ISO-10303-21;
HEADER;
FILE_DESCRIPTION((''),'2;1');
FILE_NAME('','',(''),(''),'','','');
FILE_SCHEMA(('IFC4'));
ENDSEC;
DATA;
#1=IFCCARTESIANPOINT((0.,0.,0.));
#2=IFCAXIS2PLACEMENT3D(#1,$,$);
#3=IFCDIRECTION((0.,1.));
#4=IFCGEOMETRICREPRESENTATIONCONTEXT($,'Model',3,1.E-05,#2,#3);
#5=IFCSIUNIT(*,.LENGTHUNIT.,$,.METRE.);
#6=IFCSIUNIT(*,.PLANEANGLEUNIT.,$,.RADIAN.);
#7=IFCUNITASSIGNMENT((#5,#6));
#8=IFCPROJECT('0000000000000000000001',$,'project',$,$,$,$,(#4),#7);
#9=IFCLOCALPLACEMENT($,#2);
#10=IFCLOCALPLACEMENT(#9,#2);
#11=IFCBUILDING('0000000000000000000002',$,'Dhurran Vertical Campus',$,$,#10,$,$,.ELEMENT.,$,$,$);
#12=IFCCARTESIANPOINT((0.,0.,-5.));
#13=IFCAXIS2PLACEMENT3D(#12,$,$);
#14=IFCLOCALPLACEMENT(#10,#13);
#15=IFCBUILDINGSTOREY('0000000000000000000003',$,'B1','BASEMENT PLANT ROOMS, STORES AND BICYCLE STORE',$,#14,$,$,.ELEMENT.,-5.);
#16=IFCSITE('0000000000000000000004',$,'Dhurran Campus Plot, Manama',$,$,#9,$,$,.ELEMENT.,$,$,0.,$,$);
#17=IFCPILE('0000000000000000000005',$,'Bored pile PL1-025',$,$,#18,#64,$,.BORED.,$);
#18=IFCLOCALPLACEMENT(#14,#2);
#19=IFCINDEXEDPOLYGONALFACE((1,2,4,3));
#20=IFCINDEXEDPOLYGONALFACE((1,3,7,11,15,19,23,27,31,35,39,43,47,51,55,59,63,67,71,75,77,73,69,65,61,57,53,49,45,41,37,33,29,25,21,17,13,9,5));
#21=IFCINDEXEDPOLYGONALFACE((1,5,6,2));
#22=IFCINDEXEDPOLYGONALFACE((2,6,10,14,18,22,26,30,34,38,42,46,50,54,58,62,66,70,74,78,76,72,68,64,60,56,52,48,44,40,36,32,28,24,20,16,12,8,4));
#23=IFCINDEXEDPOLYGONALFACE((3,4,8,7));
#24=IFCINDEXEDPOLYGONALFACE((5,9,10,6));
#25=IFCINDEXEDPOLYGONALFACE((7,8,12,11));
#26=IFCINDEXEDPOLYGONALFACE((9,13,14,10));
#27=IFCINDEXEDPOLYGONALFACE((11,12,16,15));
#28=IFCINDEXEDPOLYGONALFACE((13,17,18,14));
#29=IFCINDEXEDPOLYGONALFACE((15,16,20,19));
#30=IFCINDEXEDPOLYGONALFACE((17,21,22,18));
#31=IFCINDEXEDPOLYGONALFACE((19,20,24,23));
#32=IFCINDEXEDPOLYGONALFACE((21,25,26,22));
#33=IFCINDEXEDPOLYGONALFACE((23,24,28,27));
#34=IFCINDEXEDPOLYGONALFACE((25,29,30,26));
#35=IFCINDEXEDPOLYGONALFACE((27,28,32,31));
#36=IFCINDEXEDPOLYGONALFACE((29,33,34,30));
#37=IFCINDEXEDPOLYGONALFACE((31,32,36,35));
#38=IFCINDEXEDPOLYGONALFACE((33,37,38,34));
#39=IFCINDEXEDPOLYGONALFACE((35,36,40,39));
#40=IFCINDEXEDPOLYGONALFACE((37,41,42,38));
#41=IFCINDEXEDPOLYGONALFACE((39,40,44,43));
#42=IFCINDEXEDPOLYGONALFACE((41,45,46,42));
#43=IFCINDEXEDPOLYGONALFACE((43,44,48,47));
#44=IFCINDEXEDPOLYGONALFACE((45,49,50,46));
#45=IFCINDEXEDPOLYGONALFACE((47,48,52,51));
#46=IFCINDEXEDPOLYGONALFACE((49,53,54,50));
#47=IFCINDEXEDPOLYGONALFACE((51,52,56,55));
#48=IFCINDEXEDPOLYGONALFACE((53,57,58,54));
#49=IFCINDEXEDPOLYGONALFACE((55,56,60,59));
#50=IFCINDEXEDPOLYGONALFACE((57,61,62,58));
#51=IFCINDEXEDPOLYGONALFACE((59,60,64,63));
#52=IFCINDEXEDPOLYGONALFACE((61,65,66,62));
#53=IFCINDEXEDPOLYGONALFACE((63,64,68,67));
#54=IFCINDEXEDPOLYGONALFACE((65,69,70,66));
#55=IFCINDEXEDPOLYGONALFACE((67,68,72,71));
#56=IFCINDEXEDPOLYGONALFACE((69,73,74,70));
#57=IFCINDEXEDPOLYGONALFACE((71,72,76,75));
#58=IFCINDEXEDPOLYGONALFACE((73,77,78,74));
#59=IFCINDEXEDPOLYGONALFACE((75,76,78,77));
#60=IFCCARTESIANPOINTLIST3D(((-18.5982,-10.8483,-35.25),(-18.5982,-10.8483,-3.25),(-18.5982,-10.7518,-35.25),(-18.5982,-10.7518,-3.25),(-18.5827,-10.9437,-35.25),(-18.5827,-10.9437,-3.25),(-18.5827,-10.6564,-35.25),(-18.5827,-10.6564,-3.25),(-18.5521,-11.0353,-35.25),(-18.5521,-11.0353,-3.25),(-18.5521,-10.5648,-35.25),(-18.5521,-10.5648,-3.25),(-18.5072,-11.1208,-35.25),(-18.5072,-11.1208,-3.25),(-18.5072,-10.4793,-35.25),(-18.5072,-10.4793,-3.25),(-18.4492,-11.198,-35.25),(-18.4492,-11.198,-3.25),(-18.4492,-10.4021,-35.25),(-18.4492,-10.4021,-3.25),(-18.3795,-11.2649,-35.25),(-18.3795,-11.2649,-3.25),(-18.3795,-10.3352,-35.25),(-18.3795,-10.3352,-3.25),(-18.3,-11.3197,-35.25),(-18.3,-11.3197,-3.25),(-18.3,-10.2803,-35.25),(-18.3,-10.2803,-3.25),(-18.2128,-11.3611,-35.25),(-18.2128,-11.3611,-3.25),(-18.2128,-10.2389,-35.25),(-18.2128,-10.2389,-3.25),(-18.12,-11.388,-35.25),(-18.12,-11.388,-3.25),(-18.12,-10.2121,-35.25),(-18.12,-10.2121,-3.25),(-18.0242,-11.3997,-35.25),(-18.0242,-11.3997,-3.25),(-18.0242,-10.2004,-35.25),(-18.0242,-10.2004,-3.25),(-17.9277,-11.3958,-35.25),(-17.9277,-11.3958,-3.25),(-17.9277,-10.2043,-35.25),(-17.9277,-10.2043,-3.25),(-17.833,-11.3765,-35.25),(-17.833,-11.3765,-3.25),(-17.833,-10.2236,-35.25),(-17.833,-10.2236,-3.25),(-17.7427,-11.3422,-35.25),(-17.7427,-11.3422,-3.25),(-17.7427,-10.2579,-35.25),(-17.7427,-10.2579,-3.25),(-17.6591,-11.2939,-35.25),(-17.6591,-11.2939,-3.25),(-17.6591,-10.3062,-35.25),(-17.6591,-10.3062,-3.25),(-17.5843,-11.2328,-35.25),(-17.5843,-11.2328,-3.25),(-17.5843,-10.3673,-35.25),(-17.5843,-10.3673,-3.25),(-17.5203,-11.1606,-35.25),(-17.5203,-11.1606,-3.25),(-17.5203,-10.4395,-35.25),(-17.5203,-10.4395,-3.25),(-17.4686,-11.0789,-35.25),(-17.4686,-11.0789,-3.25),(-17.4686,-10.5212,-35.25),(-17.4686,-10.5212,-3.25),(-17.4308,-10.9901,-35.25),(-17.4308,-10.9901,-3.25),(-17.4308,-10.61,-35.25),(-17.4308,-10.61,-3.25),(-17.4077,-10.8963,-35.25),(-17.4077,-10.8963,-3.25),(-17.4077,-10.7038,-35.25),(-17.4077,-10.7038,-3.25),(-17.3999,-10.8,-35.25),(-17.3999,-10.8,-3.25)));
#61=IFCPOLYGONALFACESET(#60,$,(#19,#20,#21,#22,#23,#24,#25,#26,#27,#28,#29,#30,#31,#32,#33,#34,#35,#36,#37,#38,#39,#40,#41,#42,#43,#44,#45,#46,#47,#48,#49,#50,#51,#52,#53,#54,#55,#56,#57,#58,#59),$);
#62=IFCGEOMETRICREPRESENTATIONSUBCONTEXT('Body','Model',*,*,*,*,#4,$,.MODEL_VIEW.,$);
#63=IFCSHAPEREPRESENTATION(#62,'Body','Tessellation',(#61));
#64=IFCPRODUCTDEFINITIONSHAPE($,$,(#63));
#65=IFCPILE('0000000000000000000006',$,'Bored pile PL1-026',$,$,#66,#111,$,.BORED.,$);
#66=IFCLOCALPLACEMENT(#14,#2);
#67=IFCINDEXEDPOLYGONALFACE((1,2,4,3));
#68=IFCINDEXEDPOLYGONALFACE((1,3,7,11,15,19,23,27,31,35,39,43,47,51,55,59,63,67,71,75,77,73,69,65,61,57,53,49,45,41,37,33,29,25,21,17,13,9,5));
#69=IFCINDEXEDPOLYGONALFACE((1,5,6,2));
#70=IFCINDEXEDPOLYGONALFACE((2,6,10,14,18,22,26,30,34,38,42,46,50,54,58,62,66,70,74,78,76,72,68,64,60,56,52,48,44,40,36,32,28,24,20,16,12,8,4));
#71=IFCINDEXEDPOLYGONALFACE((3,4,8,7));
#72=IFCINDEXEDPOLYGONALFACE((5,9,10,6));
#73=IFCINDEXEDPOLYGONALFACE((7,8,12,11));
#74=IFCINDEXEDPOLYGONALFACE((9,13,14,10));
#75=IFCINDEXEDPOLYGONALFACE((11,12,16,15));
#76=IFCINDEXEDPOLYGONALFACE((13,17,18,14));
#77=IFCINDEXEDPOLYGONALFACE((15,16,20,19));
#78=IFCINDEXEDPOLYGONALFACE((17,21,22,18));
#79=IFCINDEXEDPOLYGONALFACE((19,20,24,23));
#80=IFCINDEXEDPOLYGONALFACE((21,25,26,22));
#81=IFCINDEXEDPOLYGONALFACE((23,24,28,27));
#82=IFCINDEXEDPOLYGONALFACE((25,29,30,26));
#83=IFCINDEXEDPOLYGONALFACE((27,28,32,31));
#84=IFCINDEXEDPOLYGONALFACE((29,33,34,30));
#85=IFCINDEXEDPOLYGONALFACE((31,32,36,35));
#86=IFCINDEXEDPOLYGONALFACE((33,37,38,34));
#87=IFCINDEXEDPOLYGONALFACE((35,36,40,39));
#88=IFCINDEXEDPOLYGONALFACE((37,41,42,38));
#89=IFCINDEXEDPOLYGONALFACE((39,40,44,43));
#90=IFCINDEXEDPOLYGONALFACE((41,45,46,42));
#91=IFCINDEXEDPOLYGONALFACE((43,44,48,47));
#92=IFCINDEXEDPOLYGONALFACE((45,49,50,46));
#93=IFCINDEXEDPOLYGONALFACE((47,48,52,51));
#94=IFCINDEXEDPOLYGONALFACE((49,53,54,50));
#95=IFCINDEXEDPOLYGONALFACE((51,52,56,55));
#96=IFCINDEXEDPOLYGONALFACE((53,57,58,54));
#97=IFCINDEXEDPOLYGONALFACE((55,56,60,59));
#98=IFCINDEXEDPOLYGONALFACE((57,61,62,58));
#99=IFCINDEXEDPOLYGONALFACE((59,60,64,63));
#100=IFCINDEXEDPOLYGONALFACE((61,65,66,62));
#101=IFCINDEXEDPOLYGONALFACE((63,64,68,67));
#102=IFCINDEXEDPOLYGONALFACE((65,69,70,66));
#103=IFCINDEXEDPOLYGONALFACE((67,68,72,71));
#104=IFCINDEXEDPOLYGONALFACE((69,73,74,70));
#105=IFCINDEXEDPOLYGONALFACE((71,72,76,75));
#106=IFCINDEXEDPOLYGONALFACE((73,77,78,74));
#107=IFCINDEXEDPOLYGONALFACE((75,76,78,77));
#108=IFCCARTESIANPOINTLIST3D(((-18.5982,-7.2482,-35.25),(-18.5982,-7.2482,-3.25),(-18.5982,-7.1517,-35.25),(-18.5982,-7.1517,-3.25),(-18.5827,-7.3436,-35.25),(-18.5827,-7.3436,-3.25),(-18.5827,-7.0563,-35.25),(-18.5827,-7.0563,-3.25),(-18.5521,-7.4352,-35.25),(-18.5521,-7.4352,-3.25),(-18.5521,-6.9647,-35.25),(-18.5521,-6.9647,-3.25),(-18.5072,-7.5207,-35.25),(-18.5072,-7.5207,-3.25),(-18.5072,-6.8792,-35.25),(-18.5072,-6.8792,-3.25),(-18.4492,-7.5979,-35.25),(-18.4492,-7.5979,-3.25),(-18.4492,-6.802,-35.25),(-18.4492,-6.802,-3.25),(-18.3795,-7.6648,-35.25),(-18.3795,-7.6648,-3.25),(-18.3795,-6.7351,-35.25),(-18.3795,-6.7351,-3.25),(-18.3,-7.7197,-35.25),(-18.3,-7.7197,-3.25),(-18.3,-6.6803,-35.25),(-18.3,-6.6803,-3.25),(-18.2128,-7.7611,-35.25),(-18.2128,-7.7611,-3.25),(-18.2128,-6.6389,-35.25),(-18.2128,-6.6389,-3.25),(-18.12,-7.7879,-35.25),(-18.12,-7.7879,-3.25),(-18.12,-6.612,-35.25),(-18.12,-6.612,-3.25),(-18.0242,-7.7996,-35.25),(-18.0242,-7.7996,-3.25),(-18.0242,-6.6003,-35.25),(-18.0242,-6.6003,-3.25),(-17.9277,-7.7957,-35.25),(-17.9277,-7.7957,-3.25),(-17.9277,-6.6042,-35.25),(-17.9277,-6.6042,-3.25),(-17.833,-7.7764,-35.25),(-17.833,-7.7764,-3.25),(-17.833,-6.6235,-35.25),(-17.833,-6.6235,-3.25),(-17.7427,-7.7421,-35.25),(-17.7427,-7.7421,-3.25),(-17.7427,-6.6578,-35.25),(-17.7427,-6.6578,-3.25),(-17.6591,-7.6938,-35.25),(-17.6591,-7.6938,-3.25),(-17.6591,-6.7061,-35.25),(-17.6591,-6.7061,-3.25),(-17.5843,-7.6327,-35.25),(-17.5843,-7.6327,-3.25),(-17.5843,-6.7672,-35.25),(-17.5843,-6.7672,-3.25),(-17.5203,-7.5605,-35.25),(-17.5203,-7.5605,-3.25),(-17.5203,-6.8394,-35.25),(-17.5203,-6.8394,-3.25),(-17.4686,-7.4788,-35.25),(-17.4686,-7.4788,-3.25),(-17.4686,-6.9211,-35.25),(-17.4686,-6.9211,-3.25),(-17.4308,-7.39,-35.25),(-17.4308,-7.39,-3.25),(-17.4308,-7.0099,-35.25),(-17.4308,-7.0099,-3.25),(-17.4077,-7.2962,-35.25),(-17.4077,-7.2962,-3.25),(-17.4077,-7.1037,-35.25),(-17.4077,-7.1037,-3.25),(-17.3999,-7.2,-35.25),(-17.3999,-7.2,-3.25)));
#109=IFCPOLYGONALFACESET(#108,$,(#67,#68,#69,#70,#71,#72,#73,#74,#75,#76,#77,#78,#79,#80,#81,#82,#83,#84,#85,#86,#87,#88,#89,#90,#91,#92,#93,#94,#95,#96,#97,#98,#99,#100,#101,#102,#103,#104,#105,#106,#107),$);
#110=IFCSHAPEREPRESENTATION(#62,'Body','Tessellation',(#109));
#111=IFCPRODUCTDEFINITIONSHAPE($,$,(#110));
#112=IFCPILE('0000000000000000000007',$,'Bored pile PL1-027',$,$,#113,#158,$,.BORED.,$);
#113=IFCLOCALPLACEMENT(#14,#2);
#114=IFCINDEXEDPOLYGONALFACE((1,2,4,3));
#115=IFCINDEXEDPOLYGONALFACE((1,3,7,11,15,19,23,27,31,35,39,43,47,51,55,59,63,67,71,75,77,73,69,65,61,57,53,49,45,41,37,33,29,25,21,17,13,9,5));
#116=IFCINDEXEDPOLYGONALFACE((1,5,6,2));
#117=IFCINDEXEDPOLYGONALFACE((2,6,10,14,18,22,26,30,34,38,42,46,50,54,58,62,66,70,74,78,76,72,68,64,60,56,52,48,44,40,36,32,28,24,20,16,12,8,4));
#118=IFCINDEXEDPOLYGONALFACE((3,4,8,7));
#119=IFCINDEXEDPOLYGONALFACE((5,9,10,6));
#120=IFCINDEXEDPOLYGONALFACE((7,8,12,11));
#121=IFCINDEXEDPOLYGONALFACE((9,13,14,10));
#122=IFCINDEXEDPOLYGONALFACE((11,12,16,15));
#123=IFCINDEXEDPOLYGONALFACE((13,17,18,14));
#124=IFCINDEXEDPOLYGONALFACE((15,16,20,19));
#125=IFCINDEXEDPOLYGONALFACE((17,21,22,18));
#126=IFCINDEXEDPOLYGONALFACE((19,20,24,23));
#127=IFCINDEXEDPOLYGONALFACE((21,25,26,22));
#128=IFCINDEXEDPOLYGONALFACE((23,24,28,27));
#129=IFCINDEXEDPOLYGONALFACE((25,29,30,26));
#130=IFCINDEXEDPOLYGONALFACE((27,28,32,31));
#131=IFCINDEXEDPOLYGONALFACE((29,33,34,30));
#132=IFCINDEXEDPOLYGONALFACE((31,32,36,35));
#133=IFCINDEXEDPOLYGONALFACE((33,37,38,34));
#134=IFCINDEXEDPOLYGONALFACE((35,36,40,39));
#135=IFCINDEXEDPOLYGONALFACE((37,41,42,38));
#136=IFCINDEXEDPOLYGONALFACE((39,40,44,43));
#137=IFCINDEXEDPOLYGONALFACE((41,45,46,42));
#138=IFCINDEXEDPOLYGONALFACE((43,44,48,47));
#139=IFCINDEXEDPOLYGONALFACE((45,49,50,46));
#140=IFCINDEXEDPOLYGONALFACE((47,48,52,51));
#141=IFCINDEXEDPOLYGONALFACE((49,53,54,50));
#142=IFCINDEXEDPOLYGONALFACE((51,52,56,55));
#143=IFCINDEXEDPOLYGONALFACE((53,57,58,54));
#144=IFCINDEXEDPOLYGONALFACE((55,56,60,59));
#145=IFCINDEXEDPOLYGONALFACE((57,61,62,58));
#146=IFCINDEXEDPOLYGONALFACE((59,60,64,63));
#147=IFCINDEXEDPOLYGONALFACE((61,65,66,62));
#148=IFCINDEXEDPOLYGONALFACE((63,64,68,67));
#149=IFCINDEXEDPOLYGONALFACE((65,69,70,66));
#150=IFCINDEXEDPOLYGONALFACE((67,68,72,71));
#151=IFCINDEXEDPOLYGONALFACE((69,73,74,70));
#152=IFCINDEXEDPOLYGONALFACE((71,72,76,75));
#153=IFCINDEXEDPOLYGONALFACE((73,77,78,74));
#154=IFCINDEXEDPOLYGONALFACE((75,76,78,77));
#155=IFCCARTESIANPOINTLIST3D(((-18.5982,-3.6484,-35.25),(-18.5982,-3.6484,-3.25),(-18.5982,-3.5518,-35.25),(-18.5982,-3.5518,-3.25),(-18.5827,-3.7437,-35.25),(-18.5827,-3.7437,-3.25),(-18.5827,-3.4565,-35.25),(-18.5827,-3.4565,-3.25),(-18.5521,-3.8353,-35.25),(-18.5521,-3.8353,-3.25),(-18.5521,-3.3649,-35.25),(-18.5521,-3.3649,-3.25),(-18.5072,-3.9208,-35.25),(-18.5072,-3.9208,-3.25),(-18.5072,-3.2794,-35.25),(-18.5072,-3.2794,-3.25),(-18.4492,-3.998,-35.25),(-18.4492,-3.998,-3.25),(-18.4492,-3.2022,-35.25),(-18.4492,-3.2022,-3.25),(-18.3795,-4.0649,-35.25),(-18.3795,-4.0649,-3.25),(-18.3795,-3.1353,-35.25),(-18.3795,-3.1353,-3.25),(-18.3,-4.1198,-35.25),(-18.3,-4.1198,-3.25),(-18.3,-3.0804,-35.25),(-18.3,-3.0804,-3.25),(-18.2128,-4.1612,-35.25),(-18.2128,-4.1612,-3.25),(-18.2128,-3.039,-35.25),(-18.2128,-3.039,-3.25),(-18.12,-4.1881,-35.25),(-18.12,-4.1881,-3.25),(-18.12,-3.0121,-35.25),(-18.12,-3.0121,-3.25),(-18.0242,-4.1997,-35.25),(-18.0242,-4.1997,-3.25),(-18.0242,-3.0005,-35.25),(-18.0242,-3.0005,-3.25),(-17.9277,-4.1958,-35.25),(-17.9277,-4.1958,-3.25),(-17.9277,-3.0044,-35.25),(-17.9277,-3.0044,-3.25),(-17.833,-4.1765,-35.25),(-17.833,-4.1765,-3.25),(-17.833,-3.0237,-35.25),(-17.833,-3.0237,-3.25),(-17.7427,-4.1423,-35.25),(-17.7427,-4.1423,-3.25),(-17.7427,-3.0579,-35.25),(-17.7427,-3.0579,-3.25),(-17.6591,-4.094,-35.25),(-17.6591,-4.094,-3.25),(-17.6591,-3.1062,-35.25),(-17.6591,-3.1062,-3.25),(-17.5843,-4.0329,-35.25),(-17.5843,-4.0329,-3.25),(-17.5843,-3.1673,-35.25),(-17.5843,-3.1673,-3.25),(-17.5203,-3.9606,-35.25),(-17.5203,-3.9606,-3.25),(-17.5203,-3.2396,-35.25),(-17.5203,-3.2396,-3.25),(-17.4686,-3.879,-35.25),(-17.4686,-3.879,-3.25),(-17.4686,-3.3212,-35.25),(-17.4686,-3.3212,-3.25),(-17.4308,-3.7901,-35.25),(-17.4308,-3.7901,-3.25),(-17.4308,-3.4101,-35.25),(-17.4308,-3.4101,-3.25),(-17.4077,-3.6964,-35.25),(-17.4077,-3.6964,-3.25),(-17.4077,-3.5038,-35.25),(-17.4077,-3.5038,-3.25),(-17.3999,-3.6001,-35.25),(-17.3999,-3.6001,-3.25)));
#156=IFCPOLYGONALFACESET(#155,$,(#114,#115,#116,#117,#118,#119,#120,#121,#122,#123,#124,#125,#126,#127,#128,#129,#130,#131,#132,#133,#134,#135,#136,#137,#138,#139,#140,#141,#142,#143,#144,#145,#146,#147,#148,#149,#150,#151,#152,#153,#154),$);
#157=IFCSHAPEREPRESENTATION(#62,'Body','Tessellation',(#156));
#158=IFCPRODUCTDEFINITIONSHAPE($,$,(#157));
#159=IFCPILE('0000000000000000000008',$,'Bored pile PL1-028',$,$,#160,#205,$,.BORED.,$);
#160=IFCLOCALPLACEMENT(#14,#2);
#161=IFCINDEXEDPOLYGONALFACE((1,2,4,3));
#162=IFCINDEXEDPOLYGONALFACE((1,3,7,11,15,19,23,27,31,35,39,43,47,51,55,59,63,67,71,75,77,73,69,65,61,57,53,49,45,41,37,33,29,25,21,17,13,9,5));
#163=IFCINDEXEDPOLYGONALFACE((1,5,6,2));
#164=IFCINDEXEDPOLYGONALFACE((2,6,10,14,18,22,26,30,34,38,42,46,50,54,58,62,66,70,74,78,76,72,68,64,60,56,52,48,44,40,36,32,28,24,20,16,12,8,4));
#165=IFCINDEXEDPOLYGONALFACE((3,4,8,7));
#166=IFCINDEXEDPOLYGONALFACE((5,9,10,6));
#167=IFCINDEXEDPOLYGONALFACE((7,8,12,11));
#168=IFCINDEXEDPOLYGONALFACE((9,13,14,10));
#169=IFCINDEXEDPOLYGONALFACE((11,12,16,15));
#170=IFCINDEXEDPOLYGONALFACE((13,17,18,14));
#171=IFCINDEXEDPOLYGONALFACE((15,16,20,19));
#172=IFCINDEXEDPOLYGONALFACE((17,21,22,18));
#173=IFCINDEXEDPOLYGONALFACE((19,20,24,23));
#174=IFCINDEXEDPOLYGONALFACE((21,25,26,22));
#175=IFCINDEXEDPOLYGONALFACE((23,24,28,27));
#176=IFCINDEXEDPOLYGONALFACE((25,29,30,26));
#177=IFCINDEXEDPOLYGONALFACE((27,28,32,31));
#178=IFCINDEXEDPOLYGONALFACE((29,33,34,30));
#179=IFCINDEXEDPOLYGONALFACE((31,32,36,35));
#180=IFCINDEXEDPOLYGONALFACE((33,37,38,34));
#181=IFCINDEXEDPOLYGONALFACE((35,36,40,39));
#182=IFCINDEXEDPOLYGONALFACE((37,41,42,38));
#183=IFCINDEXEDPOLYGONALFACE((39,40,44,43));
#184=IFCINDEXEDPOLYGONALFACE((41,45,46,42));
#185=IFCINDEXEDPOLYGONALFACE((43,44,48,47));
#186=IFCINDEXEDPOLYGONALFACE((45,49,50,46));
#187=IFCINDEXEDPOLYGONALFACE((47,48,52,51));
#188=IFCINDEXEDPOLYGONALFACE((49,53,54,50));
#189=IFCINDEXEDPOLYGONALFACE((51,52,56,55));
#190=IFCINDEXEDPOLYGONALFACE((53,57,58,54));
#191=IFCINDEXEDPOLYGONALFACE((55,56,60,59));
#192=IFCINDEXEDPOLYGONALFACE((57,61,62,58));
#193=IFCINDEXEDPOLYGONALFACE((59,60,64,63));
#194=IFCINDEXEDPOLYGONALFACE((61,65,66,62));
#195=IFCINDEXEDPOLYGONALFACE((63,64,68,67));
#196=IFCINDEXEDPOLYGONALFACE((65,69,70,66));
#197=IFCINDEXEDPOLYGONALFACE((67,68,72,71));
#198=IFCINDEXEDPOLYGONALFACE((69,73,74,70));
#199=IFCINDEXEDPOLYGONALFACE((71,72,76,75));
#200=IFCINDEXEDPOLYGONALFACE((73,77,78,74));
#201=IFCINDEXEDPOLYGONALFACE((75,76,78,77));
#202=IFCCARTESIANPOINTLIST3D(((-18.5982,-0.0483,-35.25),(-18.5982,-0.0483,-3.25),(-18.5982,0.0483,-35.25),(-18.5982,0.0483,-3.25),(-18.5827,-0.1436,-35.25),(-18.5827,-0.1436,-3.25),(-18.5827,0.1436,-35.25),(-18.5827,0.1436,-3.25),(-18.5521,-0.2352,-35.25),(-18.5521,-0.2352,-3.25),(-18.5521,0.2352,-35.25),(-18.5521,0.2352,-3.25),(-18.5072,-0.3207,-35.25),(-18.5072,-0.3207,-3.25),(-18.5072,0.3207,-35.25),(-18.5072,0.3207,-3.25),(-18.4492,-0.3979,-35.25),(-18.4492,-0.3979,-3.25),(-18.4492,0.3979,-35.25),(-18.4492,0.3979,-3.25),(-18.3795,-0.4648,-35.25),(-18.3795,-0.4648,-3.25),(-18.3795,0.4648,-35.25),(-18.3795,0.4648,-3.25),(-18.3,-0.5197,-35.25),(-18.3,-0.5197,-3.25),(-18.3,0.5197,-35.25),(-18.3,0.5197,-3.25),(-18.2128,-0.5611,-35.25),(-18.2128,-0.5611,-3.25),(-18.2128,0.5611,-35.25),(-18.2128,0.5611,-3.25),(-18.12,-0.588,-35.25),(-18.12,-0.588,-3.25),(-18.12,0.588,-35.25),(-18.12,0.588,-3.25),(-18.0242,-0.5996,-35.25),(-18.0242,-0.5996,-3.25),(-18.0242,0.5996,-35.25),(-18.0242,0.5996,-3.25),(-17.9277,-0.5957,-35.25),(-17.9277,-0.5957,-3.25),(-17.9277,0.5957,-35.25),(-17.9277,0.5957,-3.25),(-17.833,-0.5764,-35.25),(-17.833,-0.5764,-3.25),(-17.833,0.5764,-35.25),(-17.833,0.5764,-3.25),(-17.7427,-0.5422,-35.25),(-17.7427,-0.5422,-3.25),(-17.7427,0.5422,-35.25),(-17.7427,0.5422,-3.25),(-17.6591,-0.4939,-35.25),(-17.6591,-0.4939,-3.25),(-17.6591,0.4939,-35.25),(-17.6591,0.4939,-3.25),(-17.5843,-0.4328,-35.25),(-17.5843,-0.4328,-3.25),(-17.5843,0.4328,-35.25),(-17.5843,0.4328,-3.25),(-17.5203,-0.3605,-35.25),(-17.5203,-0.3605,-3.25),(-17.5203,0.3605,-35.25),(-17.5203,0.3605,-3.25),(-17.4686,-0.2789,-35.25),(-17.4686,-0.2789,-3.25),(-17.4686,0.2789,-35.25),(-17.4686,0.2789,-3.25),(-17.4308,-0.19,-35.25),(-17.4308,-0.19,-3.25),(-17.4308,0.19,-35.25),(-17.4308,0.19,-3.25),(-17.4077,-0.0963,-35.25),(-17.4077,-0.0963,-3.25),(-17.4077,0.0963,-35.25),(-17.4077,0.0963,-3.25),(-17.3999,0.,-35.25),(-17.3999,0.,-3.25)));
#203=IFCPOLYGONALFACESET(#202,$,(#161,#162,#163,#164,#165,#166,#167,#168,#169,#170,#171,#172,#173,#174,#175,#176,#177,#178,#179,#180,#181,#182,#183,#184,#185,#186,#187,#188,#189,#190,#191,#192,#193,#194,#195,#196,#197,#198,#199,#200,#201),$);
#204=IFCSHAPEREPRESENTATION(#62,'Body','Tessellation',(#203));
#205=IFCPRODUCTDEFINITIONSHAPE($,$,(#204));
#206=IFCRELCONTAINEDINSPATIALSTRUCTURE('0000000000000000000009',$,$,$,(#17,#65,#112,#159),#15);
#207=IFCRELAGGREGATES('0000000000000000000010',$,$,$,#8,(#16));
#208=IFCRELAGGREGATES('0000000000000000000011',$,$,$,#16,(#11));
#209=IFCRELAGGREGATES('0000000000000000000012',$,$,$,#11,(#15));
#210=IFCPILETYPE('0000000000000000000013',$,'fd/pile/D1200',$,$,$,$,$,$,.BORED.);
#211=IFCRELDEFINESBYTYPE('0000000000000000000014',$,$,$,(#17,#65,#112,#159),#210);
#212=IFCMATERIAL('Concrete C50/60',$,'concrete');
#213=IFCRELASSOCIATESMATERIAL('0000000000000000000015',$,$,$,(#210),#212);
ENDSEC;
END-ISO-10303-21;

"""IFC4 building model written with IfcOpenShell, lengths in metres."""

from ifc_helpers import new_model, si_unit, direction, frame, origin, origin_2d, place, context, subcontext, project, spatial, circle, extrude, material, material_profile, profile_set, type_object, element, save


model = new_model("IFC4")

# Units and contexts
model_context = context("Model", 3, precision=1e-05, world=origin(), true_north=direction((0.0, 1.0)))
body_context = subcontext(model_context, "Body", "Model", "MODEL_VIEW")
ifc_project = project(units=[si_unit("LENGTHUNIT", "METRE"), si_unit("PLANEANGLEUNIT", "RADIAN")], contexts=[model_context])

# Site, building, storey
site_placement = place(None, origin())
site = spatial("IfcSite", under=ifc_project, at=site_placement, Name="Dhurran Campus Plot, Manama", CompositionType="ELEMENT", RefElevation=0.0)
building_placement = place(site_placement, origin())
building = spatial("IfcBuilding", under=site, at=building_placement, Name="Dhurran Vertical Campus", CompositionType="ELEMENT")
storey_placement = place(building_placement, frame((0.0, 0.0, -5.0)))
storey = spatial("IfcBuildingStorey", under=building, at=storey_placement, Name="B1", Description="BASEMENT PLANT ROOMS, STORES AND BICYCLE STORE", CompositionType="ELEMENT", Elevation=-5.0)

# Piles
ifc_material_1 = material(Name="Concrete C50/60", Category="concrete")
ifc_material_profile = material_profile(ifc_material_1, circle(Radius=0.6001, at=origin_2d()), Name="fd/pile/D1200")
ifc_profile_set = profile_set([ifc_material_profile], Name="Concrete C50/60")
pile_type = type_object("IfcPileType", Name="fd/pile/D1200", PredefinedType="BORED", material=ifc_profile_set)
for number, where, z_axis, x_axis, name in (
    (1, (-18.0, -10.8, -3.25), (0.0, 0.0, -1.0), (1.0, 0.0, 0.0), "Bored pile PL1-025"),
    (2, (-18.0, -7.2, -3.25), (0.0, 0.0, -1.0), (1.0, 0.0, 0.0), "Bored pile PL1-026"),
    (3, (-18.0, -3.6001, -3.25), (0.0, 0.0, -1.0), (1.0, 0.0, 0.0), "Bored pile PL1-027"),
    (4, (-18.0, 0.0, -3.25), (0.0, 0.0, -1.0), (1.0, 0.0, 0.0), "Bored pile PL1-028"),
):
    element("IfcPile", number, at=place(storey_placement, frame(where, z_axis=z_axis, x_axis=x_axis)), inside=storey, type_object=pile_type, Name=name, PredefinedType="BORED", context=body_context, shape_type="SweptSolid", body=[
        extrude(circle(Radius=0.6001, at=origin_2d()), origin(), (0.0, 0.0, 1.0), 32.0),
    ])

save(model, "model.ifc")
